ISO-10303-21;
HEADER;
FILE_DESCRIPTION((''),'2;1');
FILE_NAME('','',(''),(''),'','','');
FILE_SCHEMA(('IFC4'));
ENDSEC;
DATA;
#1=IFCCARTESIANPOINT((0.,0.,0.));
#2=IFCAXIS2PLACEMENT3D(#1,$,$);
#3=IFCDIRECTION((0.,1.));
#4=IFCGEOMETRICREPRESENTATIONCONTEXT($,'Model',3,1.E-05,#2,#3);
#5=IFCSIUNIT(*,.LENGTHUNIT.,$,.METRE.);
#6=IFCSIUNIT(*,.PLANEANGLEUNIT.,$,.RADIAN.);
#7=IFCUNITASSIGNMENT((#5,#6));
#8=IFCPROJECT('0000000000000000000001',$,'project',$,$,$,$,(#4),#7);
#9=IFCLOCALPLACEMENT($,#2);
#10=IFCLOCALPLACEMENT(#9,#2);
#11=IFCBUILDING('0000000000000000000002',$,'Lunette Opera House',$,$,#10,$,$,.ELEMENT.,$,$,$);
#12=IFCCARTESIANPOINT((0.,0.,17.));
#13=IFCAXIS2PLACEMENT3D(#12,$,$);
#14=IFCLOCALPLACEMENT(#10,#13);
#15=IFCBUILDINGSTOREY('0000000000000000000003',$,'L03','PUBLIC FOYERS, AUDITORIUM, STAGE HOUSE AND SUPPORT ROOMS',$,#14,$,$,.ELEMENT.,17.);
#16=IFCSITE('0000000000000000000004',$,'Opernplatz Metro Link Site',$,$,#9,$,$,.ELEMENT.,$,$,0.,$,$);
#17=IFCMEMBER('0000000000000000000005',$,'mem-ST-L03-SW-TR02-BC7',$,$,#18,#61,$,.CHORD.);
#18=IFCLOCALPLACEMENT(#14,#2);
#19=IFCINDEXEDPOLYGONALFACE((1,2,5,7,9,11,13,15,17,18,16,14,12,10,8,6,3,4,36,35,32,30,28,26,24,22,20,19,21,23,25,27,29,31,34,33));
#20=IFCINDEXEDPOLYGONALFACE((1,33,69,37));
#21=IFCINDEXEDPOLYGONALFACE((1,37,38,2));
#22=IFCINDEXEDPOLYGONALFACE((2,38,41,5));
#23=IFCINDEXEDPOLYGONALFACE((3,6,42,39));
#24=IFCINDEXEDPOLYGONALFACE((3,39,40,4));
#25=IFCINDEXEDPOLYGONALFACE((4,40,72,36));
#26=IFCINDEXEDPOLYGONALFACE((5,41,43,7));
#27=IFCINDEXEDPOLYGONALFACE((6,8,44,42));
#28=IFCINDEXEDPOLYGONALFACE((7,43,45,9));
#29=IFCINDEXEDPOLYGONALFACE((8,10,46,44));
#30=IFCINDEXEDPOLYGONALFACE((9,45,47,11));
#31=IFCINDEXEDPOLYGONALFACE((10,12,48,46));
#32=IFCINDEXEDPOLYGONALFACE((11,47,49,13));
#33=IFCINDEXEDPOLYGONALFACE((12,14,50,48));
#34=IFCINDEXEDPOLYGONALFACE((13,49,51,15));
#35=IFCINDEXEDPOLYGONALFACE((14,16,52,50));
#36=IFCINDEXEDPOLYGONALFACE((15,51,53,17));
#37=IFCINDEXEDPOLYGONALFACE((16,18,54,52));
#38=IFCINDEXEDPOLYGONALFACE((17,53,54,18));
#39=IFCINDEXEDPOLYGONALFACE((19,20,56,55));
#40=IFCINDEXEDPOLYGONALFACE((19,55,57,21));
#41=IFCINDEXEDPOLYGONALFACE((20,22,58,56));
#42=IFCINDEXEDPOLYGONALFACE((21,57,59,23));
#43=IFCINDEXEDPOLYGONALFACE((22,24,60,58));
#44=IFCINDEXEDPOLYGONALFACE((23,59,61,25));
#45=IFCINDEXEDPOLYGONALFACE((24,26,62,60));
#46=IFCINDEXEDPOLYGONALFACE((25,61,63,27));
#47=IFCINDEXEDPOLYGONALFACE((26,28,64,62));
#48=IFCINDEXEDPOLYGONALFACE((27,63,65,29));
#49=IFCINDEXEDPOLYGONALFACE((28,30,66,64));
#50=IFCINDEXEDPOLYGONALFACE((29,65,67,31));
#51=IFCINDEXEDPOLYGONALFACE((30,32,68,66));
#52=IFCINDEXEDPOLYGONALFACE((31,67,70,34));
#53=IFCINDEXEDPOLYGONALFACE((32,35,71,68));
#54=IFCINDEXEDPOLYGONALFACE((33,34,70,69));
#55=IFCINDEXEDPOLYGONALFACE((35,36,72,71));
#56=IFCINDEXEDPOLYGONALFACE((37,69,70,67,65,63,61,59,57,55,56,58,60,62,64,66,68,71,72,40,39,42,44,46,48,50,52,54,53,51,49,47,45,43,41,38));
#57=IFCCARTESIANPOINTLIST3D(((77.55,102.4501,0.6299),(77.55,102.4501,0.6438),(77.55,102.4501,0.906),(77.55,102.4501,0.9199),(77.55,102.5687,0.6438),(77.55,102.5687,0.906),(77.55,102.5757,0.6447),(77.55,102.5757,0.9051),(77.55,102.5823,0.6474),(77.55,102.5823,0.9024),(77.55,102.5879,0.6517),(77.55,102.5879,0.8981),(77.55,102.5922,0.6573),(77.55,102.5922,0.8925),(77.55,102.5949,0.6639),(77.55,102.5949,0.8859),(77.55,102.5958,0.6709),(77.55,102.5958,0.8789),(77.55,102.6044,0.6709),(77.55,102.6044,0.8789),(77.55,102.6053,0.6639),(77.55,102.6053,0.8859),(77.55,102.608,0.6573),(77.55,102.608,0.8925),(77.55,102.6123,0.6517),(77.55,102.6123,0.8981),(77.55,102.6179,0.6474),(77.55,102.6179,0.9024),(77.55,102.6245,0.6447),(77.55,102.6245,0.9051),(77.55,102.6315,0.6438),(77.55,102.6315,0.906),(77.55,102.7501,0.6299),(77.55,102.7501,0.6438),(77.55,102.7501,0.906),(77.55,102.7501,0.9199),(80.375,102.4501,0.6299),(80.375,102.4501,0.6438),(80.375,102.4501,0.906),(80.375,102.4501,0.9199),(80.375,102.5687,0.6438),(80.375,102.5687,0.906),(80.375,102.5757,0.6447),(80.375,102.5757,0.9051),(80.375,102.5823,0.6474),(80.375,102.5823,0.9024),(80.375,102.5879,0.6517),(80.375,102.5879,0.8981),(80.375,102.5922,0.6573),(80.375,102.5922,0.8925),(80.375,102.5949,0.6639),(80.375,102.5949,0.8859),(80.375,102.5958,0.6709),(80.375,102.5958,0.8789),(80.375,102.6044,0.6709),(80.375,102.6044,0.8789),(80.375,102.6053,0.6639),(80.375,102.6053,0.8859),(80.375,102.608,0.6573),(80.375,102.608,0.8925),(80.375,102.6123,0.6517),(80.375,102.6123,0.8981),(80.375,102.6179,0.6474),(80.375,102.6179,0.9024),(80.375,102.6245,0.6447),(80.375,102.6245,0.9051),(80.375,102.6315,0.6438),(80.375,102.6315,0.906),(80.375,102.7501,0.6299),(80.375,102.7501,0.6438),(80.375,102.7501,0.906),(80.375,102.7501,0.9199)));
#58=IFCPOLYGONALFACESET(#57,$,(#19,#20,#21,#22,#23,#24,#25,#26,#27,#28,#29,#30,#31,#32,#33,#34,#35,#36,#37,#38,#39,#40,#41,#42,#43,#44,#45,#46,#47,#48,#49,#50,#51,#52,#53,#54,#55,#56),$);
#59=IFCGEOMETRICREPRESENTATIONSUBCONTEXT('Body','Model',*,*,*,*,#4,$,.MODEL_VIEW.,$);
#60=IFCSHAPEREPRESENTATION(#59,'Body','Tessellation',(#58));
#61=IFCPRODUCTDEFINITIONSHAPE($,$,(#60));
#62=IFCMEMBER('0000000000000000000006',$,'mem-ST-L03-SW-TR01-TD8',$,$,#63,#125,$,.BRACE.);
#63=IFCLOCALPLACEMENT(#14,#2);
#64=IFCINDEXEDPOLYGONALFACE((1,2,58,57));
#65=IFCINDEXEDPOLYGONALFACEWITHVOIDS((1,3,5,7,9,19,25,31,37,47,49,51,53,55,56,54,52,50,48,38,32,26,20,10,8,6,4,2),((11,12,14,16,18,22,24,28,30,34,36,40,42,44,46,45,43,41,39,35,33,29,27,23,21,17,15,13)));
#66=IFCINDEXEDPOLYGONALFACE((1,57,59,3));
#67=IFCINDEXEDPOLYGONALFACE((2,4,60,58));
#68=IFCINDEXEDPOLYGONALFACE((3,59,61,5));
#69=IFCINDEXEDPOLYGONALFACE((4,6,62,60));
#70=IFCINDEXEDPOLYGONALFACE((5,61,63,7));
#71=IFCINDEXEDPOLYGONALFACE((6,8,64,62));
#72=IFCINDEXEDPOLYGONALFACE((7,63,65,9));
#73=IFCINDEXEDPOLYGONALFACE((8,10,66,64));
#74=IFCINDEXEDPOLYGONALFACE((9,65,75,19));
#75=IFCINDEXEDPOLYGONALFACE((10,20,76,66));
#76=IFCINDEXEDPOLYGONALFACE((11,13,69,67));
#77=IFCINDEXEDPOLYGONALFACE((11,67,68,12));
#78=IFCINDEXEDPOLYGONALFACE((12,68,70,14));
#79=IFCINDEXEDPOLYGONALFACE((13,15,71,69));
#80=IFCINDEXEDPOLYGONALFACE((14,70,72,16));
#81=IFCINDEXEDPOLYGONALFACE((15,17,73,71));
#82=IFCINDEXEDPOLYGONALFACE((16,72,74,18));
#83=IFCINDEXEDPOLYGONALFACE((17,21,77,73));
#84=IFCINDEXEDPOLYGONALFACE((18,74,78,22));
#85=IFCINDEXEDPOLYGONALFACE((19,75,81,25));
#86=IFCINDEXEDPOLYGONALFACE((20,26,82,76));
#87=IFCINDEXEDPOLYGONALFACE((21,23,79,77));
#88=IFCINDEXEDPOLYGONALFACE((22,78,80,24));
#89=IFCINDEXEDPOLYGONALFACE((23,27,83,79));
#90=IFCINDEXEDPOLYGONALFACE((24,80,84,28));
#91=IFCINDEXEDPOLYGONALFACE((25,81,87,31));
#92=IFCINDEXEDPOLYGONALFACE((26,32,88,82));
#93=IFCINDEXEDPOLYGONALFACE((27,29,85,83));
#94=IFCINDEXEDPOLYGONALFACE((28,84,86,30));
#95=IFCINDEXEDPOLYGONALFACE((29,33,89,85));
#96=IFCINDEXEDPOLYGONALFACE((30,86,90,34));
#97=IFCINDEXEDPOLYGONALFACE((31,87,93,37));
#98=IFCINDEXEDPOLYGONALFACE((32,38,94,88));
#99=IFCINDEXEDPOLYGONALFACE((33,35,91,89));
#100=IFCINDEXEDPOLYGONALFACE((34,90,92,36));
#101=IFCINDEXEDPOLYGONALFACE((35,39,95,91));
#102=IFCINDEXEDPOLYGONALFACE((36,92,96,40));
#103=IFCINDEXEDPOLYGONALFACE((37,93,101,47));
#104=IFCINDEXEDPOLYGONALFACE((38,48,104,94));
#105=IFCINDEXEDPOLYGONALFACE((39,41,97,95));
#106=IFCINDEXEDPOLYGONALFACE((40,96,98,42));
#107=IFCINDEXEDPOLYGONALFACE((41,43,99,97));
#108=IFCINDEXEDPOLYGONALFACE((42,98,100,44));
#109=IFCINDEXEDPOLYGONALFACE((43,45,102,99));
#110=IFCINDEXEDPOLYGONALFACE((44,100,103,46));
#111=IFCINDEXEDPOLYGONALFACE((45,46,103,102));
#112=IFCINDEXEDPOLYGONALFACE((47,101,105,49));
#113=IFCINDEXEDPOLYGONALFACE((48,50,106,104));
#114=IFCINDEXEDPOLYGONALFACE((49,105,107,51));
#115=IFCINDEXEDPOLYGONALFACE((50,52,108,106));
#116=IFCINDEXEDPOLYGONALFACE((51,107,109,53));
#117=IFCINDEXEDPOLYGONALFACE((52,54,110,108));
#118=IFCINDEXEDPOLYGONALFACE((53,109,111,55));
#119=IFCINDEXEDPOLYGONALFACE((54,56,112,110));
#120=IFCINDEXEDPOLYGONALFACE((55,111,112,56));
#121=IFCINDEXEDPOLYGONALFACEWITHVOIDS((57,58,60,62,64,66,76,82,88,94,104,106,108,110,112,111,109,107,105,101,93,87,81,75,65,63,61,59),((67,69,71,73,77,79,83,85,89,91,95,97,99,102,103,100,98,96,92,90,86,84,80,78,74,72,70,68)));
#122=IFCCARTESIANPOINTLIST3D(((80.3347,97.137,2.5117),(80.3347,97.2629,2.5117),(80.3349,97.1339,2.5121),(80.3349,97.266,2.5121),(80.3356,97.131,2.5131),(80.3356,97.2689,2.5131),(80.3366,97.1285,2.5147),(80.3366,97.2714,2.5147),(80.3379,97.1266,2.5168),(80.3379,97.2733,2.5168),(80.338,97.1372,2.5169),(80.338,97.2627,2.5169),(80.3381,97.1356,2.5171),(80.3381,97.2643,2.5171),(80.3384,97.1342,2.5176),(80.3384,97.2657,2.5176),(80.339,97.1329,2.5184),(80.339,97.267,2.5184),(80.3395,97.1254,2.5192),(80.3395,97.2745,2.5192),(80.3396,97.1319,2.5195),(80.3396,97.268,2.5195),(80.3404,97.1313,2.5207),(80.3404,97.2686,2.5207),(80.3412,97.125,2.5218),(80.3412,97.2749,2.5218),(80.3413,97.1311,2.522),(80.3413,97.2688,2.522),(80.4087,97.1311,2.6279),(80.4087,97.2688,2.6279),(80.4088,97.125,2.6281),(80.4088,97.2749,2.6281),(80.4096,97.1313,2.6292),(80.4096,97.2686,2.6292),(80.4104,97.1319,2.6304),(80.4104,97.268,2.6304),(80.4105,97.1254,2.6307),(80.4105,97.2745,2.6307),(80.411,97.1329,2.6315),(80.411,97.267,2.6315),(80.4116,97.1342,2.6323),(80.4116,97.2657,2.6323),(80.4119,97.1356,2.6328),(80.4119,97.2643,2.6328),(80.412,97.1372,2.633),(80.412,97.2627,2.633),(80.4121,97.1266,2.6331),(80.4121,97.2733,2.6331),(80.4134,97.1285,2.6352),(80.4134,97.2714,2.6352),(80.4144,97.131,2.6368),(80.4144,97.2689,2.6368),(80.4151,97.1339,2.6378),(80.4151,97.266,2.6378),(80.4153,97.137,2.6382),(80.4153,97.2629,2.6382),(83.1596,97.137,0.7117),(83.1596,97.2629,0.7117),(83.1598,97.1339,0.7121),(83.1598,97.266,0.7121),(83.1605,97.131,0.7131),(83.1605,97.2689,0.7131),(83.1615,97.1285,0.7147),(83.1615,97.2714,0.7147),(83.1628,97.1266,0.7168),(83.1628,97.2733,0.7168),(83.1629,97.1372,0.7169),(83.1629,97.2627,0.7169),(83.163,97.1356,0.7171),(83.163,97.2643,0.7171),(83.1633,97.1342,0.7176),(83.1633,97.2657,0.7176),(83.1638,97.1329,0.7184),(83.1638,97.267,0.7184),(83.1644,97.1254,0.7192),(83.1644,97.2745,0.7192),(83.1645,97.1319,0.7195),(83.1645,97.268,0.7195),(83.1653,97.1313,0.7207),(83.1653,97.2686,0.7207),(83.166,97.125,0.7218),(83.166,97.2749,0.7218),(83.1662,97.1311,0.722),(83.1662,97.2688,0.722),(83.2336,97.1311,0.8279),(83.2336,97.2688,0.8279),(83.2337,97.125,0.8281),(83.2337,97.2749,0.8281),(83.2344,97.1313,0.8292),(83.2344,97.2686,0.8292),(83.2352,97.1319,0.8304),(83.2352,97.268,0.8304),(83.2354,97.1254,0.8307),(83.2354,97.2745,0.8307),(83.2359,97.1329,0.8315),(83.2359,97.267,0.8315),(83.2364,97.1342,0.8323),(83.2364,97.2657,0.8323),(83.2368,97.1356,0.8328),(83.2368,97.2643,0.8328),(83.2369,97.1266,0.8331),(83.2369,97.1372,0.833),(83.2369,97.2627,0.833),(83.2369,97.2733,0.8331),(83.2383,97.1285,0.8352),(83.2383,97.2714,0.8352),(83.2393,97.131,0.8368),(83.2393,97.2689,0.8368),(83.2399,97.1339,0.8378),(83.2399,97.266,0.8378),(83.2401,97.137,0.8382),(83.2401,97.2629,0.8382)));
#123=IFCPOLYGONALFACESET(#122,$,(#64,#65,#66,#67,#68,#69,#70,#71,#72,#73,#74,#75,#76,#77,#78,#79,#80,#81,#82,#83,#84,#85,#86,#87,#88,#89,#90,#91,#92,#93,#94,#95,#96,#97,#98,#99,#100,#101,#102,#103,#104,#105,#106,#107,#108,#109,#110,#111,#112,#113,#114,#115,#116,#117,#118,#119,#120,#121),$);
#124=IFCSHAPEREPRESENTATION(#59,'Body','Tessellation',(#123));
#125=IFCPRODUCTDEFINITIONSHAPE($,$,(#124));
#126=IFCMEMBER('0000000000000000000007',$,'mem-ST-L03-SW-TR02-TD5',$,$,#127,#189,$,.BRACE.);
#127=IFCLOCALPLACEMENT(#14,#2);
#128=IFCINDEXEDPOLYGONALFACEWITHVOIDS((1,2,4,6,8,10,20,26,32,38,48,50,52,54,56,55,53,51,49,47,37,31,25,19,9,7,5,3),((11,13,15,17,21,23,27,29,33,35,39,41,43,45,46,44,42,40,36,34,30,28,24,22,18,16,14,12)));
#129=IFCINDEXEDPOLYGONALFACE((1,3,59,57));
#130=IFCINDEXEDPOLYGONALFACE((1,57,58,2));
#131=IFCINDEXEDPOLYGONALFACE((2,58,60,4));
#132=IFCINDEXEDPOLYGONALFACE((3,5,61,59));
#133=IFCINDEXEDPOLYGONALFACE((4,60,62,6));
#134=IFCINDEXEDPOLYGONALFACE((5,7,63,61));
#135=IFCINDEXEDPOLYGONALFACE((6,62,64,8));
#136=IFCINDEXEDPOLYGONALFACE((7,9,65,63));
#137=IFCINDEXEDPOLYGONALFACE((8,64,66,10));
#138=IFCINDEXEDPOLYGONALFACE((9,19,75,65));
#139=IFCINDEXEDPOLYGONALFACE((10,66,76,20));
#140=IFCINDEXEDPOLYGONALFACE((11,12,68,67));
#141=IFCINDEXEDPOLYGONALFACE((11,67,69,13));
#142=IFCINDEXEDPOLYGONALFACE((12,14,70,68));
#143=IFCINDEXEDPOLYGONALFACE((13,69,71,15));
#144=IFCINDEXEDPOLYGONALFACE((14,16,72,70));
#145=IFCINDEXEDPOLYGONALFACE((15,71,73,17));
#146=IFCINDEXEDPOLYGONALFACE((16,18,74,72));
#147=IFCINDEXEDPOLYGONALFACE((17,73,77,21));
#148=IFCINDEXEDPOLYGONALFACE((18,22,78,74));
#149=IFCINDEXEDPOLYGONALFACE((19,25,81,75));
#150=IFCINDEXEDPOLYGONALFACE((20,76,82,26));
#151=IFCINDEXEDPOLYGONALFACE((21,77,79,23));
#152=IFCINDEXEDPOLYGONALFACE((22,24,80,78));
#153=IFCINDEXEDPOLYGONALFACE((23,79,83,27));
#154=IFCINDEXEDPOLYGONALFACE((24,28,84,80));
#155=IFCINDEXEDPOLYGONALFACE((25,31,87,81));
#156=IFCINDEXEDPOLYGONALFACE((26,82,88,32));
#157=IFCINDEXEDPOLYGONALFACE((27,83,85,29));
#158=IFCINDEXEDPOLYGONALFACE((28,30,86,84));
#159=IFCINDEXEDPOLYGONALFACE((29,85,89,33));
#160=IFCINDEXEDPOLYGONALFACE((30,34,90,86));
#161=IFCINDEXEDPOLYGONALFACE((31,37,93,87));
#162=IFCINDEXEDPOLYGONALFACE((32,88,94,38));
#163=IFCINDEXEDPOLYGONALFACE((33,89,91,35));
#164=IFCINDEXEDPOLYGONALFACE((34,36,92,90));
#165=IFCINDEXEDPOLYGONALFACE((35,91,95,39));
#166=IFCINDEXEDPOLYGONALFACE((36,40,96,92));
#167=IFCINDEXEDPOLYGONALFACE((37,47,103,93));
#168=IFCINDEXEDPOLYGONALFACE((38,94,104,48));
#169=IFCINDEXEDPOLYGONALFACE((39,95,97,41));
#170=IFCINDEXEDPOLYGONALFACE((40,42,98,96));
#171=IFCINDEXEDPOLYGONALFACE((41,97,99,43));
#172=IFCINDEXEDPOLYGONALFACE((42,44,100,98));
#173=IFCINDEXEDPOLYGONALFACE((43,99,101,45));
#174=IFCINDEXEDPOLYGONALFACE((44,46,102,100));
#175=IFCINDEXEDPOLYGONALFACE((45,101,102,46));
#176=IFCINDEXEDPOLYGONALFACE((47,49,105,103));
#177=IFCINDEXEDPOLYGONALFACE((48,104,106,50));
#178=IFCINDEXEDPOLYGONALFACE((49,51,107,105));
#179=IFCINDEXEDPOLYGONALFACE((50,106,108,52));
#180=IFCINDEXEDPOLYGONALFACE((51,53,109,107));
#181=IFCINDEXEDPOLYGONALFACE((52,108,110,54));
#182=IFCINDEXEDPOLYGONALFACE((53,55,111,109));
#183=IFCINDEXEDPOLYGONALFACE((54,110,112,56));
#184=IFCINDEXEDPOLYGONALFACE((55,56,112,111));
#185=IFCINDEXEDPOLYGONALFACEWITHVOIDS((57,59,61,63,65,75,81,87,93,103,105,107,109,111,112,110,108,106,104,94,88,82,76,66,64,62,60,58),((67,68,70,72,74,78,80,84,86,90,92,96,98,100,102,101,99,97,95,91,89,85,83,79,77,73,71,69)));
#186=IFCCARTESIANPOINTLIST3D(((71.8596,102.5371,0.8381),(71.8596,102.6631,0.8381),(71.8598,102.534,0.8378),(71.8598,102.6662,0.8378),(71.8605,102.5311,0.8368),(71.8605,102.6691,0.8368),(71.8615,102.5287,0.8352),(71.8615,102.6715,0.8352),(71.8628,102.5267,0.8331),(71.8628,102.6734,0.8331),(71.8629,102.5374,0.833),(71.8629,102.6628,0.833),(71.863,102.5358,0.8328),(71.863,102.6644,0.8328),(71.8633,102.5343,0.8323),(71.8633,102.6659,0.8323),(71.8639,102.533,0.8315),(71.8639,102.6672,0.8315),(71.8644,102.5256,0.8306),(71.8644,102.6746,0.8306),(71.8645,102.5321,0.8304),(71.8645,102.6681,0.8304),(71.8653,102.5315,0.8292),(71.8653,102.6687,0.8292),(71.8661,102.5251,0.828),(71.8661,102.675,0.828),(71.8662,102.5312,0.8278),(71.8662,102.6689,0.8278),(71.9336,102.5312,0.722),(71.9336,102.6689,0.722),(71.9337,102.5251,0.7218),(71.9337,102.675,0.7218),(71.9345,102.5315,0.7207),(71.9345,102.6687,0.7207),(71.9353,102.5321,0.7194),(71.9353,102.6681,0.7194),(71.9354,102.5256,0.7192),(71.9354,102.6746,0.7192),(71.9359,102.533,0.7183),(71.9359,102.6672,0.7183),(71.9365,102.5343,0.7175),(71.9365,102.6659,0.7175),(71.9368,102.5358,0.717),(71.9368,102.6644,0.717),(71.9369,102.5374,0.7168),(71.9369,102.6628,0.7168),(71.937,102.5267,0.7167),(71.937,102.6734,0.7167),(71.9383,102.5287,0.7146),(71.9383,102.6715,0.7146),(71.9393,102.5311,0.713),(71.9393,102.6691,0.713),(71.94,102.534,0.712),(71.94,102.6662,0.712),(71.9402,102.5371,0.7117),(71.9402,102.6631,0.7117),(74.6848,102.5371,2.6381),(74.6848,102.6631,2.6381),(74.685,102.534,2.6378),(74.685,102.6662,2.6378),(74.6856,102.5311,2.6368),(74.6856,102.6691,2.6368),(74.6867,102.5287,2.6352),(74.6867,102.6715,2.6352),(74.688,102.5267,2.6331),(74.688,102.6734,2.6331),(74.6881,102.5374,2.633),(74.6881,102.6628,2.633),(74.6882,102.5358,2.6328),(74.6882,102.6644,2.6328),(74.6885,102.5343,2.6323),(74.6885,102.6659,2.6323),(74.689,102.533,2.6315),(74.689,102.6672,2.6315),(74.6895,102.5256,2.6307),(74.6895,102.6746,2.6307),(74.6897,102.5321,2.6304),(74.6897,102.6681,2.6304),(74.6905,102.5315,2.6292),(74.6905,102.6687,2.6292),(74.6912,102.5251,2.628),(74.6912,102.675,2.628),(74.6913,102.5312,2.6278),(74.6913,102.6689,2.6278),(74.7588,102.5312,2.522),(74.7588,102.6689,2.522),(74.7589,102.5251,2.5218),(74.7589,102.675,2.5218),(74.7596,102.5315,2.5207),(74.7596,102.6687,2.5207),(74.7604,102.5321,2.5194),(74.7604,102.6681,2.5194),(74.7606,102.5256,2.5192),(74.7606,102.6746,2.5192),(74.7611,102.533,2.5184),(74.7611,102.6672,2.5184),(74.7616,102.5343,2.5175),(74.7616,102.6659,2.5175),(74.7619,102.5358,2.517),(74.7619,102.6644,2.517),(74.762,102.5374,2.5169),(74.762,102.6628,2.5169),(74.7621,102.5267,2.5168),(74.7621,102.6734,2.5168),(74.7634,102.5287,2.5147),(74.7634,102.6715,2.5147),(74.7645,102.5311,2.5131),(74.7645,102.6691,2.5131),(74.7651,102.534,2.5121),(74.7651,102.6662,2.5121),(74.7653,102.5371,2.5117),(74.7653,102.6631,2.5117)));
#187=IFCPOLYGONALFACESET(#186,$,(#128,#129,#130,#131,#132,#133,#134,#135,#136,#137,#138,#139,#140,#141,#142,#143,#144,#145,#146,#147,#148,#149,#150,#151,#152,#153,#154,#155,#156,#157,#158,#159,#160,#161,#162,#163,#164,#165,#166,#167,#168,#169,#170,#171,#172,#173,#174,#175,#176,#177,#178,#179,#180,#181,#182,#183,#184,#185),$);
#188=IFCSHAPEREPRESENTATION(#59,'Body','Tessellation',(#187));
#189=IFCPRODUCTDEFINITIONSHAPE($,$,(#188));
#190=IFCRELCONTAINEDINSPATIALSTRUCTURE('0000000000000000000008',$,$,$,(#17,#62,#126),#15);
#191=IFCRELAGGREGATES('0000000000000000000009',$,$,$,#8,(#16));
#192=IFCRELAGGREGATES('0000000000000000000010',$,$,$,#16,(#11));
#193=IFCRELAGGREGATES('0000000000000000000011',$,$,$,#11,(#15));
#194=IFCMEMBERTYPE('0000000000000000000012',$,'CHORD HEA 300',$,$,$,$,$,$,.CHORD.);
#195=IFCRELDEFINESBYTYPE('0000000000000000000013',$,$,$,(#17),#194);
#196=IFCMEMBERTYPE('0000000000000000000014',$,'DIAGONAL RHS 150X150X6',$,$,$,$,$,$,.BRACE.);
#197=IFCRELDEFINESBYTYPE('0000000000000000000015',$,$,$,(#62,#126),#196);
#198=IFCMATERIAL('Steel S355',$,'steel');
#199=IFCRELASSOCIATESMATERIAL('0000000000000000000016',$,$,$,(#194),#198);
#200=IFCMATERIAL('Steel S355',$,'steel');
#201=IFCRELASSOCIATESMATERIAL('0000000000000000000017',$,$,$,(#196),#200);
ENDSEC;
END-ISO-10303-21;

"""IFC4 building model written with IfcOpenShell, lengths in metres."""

from ifc_helpers import new_model, si_unit, direction, frame, origin, origin_2d, place, context, subcontext, project, spatial, hollow_rectangle, i_section, extrude, material, material_profile, profile_set, type_object, element, save


model = new_model("IFC4")

# Units and contexts
model_context = context("Model", 3, precision=1e-05, world=origin(), true_north=direction((0.0, 1.0)))
body_context = subcontext(model_context, "Body", "Model", "MODEL_VIEW")
ifc_project = project(units=[si_unit("LENGTHUNIT", "METRE"), si_unit("PLANEANGLEUNIT", "RADIAN")], contexts=[model_context])

# Site, building, storey
site_placement = place(None, origin())
site = spatial("IfcSite", under=ifc_project, at=site_placement, Name="Opernplatz Metro Link Site", CompositionType="ELEMENT", RefElevation=0.0)
building_placement = place(site_placement, origin())
building = spatial("IfcBuilding", under=site, at=building_placement, Name="Lunette Opera House", CompositionType="ELEMENT")
storey_placement = place(building_placement, frame((0.0, 0.0, 17.0)))
storey = spatial("IfcBuildingStorey", under=building, at=storey_placement, Name="L03", Description="PUBLIC FOYERS, AUDITORIUM, STAGE HOUSE AND SUPPORT ROOMS", CompositionType="ELEMENT", Elevation=17.0)

# Members
ifc_material_1 = material(Name="Steel S355", Category="steel")
ifc_material_profile_1 = material_profile(ifc_material_1, i_section(OverallWidth=0.3, OverallDepth=0.29, WebThickness=0.0085, FlangeThickness=0.0139, FilletRadius=0.0271, at=origin_2d()), Name="HEA 300")
ifc_profile_set_1 = profile_set([ifc_material_profile_1], Name="Steel S355")
member_type_1 = type_object("IfcMemberType", Name="CHORD HEA 300", PredefinedType="CHORD", material=ifc_profile_set_1)
for number, where, z_axis, x_axis, name in (
    (1, (77.55, 102.6001, 0.7749), (1.0, 0.0, 0.0), (0.0, 1.0, 0.0), "mem-ST-L03-SW-TR02-BC7"),
):
    element("IfcMember", number, at=place(storey_placement, frame(where, z_axis=z_axis, x_axis=x_axis)), inside=storey, type_object=member_type_1, Name=name, PredefinedType="CHORD", context=body_context, shape_type="SweptSolid", body=[
        extrude(i_section(OverallWidth=0.3, OverallDepth=0.29, WebThickness=0.0085, FlangeThickness=0.0139, FilletRadius=0.0271, at=origin_2d()), origin(), (0.0, 0.0, 1.0), 2.825),
    ])
ifc_material_2 = material(Name="Steel S355", Category="steel")
ifc_material_profile_2 = material_profile(ifc_material_2, hollow_rectangle(XDim=0.1499, YDim=0.1499, WallThickness=0.0061, InnerFilletRadius=0.0061, OuterFilletRadius=0.012, at=origin_2d()), Name="RHS 150X150X6")
ifc_profile_set_2 = profile_set([ifc_material_profile_2], Name="Steel S355")
member_type_2 = type_object("IfcMemberType", Name="DIAGONAL RHS 150X150X6", PredefinedType="BRACE", material=ifc_profile_set_2)
member_1_placement = place(storey_placement, frame((80.375, 97.2, 2.575), z_axis=(0.843343, 0.0, -0.537375), x_axis=(0.0, 1.0, 0.0)))
element("IfcMember", 2, at=member_1_placement, inside=storey, type_object=member_type_2, Name="mem-ST-L03-SW-TR01-TD8", PredefinedType="BRACE", context=body_context, shape_type="SweptSolid", body=[
    extrude(hollow_rectangle(XDim=0.1499, YDim=0.1499, WallThickness=0.0061, InnerFilletRadius=0.0061, OuterFilletRadius=0.012, at=origin_2d()), origin(), (0.0, 0.0, 1.0), 3.3496),
])
member_2_placement = place(storey_placement, frame((71.8999, 102.6001, 0.7749), z_axis=(0.843364, 0.0, 0.537342), x_axis=(0.0, 1.0, 0.0)))
element("IfcMember", 3, at=member_2_placement, inside=storey, type_object=member_type_2, Name="mem-ST-L03-SW-TR02-TD5", PredefinedType="BRACE", context=body_context, shape_type="SweptSolid", body=[
    extrude(hollow_rectangle(XDim=0.1499, YDim=0.1499, WallThickness=0.0061, InnerFilletRadius=0.0061, OuterFilletRadius=0.012, at=origin_2d()), origin(), (0.0, 0.0, 1.0), 3.3499),
])

save(model, "model.ifc")
